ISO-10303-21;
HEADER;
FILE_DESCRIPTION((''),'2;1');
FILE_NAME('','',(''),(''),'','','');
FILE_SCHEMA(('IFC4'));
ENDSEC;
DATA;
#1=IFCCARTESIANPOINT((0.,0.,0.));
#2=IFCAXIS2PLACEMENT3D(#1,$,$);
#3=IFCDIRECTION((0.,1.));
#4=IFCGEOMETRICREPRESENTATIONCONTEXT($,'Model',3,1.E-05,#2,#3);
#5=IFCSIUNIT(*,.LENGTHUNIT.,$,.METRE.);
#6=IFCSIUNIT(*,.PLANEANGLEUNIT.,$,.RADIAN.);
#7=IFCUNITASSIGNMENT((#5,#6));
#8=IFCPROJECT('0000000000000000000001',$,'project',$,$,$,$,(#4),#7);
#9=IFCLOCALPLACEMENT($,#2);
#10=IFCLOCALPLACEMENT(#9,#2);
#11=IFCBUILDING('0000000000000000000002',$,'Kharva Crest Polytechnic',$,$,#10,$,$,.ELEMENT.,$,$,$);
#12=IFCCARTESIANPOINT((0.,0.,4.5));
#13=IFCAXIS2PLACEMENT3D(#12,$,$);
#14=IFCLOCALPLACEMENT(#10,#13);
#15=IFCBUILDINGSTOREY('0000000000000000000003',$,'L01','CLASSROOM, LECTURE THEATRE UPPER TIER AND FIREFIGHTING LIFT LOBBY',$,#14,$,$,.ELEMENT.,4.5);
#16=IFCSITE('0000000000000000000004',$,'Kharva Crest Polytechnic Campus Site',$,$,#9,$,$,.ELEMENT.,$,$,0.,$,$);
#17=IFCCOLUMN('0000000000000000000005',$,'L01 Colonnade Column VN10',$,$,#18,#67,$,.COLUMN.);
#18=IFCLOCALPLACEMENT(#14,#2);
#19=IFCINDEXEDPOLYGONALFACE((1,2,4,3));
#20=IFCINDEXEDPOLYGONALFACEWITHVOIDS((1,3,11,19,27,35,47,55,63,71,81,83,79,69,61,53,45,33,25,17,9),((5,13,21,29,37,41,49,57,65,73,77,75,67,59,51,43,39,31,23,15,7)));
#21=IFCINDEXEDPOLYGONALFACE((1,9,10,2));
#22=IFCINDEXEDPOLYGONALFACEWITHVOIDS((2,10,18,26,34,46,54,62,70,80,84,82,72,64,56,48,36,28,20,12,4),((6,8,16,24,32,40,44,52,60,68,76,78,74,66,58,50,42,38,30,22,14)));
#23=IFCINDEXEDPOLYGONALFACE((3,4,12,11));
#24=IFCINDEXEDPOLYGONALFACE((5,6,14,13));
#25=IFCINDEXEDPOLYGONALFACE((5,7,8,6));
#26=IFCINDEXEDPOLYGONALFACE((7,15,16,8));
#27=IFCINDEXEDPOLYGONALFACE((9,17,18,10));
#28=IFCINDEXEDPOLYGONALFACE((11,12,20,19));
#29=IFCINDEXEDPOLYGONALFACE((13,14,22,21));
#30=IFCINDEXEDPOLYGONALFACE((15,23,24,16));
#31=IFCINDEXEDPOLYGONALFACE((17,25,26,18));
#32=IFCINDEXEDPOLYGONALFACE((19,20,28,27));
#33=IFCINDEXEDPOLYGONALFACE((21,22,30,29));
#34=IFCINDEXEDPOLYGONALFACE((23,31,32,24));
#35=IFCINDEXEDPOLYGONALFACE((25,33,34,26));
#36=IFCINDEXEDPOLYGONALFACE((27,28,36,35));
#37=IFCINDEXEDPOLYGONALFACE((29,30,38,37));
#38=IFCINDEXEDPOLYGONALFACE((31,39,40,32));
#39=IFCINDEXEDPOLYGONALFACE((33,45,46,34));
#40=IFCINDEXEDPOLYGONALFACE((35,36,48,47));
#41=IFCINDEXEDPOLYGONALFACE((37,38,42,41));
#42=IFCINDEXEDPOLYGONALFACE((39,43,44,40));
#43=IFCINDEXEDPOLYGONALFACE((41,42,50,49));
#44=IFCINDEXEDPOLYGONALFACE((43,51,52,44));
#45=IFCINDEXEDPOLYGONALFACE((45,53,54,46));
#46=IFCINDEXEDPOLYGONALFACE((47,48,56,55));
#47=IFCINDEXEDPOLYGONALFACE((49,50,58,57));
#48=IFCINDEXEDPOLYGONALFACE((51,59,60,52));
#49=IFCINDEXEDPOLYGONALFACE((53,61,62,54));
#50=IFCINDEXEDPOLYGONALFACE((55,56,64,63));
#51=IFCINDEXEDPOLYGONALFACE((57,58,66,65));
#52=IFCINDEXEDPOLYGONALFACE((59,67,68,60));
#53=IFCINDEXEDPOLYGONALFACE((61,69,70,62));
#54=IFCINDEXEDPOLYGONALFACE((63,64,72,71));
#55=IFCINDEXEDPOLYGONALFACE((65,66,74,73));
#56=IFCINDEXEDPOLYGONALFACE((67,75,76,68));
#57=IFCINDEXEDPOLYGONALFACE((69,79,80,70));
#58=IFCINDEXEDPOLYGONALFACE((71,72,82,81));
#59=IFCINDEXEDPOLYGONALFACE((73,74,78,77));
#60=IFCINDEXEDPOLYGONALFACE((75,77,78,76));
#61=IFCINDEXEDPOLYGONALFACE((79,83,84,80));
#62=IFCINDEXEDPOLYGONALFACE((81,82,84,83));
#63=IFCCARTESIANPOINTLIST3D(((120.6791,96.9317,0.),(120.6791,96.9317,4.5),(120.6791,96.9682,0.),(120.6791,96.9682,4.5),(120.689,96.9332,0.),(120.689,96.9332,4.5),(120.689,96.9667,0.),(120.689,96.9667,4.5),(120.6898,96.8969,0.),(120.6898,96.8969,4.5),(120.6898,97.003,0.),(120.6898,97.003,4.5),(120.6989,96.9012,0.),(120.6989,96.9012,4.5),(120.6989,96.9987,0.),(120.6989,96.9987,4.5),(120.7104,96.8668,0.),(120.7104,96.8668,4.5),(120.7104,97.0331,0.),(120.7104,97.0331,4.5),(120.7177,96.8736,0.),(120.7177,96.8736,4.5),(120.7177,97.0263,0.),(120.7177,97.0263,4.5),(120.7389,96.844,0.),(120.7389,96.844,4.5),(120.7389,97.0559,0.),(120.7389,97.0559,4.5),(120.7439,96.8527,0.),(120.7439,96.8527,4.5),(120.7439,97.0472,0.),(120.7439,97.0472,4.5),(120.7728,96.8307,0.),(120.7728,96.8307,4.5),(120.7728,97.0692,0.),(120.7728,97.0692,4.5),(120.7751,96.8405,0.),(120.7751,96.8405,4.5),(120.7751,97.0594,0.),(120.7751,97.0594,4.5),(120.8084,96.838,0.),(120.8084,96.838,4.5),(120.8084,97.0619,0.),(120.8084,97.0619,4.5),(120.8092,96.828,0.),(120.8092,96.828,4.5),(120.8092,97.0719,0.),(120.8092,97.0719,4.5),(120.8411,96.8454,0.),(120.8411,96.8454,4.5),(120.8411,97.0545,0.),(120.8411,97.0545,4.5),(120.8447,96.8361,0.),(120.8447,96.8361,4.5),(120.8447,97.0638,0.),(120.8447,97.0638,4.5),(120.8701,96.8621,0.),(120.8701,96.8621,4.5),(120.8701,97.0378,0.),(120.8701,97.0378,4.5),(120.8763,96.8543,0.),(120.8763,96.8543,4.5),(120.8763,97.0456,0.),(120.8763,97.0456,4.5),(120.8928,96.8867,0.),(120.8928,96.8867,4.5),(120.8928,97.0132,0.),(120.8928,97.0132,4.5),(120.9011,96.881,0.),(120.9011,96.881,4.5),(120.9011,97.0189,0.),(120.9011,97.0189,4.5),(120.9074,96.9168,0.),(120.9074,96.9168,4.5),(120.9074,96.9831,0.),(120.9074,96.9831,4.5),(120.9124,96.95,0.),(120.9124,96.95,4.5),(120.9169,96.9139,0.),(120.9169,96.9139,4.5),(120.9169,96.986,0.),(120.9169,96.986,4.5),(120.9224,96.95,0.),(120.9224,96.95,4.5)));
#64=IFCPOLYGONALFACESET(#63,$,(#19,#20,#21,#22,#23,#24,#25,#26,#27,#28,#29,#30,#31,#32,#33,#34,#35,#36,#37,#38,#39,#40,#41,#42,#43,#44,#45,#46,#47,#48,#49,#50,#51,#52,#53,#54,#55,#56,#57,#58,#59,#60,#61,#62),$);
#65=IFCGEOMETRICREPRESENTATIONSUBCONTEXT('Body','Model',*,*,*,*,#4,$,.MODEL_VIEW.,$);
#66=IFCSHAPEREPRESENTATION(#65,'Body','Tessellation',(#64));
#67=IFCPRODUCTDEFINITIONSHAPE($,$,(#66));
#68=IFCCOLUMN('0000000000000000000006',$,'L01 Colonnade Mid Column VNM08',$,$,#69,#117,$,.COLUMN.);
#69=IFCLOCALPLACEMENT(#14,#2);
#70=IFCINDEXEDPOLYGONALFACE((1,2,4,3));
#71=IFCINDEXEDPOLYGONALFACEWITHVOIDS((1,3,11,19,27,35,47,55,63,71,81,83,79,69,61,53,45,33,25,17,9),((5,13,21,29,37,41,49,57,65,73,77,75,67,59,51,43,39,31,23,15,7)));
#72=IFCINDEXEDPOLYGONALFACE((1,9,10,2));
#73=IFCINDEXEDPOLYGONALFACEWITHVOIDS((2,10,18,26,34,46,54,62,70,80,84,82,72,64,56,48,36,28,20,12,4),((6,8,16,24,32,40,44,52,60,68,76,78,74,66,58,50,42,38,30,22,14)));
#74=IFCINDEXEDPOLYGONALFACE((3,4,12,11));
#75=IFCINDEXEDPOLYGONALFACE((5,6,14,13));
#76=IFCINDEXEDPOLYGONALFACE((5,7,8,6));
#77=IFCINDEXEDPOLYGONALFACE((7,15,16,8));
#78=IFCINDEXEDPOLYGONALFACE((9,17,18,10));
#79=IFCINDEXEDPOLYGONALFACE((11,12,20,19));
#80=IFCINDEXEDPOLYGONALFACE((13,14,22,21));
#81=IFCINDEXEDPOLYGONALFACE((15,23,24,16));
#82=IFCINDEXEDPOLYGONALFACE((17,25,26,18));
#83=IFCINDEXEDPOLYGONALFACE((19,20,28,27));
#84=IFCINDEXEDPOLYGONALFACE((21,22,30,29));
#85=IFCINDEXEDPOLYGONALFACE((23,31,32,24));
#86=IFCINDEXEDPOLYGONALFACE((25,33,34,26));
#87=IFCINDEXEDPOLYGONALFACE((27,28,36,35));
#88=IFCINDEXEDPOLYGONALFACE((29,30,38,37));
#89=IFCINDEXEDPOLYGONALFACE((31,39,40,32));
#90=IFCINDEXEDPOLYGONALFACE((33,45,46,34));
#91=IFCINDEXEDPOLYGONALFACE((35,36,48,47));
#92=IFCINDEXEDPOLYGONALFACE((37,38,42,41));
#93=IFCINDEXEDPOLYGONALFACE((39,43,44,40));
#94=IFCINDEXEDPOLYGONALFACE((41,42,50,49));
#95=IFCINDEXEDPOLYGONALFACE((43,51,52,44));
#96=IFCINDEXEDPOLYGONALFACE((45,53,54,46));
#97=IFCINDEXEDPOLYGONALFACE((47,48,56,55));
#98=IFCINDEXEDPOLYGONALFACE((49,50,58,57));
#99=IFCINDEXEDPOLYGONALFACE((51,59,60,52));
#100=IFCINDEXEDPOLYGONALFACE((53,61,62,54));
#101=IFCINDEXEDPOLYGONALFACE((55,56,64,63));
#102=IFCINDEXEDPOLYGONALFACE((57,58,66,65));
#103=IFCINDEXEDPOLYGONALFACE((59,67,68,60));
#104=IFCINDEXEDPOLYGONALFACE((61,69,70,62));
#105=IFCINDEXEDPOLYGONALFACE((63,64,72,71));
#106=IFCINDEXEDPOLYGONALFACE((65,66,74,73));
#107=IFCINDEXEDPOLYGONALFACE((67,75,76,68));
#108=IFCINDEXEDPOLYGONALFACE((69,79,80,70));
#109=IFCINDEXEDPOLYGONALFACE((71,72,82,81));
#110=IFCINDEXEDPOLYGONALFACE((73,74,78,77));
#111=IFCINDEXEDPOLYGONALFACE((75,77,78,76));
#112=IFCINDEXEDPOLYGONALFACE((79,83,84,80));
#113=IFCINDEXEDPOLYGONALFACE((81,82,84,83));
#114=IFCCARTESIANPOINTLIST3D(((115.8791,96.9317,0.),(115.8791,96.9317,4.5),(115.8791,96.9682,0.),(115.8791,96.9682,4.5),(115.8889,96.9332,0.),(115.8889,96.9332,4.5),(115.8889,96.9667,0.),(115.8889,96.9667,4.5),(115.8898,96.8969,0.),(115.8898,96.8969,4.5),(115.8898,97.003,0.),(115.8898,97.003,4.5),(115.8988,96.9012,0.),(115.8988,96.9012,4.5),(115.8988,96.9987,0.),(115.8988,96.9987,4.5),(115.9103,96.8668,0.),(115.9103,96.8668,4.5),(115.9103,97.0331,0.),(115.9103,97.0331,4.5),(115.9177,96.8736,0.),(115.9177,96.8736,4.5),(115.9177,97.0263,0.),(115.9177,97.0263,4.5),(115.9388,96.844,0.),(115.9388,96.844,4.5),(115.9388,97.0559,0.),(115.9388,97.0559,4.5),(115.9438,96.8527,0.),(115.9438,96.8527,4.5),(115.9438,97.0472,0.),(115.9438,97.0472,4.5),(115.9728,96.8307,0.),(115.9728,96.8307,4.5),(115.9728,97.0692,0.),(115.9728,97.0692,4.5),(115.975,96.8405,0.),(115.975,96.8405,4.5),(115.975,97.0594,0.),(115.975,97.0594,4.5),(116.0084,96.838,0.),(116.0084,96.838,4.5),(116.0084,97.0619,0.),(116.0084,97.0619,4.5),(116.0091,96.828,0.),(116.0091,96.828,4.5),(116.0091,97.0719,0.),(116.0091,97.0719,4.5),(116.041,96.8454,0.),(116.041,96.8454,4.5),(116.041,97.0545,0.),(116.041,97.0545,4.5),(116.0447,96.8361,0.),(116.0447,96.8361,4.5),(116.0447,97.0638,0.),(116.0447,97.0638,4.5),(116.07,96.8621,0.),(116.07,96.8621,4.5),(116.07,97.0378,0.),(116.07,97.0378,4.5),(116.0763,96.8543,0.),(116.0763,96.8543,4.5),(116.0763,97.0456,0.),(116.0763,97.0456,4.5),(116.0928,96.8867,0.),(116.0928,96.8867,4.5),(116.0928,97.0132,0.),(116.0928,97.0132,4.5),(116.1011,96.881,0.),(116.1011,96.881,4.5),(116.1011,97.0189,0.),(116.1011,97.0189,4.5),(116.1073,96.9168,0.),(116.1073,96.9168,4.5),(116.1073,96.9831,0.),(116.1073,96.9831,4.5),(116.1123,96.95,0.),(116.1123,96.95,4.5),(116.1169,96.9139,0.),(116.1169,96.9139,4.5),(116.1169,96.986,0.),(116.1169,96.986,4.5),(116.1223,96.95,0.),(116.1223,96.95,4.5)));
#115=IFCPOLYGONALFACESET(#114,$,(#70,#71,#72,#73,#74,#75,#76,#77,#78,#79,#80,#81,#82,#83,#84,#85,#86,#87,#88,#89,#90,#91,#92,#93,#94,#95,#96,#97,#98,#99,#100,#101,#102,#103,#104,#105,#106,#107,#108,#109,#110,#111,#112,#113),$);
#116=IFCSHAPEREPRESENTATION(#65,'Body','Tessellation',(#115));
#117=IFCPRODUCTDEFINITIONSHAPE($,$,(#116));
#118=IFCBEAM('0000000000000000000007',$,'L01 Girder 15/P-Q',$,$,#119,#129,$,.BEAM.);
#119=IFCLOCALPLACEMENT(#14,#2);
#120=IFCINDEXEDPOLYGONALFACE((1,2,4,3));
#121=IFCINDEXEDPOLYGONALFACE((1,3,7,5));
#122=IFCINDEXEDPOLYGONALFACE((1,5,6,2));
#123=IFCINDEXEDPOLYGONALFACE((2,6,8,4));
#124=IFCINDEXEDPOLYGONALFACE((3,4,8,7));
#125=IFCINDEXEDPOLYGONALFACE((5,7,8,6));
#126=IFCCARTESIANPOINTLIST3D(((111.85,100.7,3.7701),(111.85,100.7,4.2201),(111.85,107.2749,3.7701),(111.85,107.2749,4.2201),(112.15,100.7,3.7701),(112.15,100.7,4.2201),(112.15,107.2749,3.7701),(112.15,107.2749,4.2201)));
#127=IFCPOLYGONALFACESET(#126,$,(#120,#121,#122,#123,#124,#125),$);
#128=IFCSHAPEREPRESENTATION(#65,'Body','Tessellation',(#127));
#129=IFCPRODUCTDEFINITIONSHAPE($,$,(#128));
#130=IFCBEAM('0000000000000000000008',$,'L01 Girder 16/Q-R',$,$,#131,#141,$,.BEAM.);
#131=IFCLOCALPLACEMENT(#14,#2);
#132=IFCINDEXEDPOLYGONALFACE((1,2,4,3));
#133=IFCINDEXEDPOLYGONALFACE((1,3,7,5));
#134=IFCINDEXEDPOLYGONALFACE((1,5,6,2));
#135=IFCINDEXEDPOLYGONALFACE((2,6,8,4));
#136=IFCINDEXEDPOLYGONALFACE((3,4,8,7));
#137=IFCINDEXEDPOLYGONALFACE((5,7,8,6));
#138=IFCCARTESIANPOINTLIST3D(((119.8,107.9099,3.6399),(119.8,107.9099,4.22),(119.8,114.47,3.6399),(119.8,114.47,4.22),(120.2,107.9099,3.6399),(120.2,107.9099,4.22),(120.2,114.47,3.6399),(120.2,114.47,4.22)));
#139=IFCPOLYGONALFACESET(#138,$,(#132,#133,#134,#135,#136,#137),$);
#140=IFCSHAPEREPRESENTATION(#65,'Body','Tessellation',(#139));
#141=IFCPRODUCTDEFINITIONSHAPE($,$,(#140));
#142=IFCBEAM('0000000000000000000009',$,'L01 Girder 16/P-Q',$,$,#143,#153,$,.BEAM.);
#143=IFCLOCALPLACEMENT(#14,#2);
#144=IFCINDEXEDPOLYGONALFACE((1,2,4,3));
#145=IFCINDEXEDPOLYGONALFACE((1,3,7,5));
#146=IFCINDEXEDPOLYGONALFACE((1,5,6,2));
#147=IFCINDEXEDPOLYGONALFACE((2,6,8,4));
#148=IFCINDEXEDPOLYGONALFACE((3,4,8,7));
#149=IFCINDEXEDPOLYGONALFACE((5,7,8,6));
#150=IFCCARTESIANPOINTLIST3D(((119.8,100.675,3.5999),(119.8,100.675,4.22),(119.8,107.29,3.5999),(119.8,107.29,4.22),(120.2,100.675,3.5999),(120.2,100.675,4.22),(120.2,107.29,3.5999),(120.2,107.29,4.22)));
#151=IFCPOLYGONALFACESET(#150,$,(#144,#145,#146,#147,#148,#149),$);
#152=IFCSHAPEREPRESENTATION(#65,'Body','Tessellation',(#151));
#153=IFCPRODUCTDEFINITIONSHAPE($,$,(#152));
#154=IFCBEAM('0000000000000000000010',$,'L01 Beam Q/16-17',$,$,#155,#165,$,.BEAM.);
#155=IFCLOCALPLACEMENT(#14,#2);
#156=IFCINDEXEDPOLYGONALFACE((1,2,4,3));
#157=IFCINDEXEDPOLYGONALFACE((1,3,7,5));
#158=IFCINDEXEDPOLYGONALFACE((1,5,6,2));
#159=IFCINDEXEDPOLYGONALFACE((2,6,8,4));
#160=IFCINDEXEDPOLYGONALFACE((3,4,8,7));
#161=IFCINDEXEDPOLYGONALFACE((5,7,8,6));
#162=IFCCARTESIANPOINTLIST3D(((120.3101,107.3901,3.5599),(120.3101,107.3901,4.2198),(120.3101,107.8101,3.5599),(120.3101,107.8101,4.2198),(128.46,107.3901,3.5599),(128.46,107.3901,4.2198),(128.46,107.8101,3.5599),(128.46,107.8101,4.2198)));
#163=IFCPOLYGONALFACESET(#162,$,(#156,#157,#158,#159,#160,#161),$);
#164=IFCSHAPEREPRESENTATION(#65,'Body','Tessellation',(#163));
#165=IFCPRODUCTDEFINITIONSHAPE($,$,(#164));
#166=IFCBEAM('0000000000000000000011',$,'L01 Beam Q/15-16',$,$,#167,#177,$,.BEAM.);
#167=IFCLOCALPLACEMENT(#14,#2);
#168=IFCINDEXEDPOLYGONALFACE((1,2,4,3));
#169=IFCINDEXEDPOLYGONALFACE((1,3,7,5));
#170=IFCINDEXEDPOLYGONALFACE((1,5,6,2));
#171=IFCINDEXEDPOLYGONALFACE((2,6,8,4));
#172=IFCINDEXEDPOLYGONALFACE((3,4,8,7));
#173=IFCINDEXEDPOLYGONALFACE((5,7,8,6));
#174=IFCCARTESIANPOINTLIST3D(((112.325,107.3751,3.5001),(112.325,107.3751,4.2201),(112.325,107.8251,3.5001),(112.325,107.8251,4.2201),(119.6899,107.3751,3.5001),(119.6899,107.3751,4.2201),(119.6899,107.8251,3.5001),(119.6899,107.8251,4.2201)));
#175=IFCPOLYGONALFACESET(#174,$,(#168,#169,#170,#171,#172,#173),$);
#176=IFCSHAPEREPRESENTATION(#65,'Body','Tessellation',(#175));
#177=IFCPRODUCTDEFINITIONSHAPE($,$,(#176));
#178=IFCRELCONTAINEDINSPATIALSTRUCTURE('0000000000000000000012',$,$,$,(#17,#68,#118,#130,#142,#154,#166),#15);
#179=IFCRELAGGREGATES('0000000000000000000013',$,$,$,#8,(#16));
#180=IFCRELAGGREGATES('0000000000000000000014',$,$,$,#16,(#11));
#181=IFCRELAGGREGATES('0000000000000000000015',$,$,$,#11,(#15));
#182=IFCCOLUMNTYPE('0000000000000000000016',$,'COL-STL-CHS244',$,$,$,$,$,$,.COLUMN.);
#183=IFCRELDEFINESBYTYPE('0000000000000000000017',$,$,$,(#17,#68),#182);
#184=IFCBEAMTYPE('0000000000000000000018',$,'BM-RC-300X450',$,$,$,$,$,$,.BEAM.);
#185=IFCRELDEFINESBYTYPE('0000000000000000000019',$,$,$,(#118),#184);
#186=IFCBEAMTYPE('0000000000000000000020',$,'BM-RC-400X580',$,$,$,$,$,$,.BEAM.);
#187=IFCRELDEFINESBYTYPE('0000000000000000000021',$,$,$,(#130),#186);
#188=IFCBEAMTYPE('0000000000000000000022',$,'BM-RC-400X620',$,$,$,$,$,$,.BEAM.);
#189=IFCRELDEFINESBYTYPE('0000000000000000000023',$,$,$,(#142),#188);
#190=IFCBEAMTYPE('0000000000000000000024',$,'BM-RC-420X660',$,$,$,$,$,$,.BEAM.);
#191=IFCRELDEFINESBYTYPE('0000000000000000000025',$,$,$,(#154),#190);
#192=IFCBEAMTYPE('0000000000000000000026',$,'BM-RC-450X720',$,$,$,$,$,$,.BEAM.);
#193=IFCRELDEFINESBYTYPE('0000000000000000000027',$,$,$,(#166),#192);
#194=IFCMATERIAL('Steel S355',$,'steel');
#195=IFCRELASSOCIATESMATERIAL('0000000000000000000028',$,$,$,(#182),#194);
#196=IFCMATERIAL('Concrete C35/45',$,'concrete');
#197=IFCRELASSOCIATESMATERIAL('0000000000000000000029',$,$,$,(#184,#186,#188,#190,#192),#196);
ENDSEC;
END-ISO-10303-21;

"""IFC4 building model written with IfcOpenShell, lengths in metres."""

from ifc_helpers import new_model, si_unit, direction, frame, origin, origin_2d, place, context, subcontext, project, spatial, rectangle, hollow_circle, extrude, material, material_profile, profile_set, type_object, element, save


model = new_model("IFC4")

# Units and contexts
model_context = context("Model", 3, precision=1e-05, world=origin(), true_north=direction((0.0, 1.0)))
body_context = subcontext(model_context, "Body", "Model", "MODEL_VIEW")
ifc_project = project(units=[si_unit("LENGTHUNIT", "METRE"), si_unit("PLANEANGLEUNIT", "RADIAN")], contexts=[model_context])

# Site, building, storey
site_placement = place(None, origin())
site = spatial("IfcSite", under=ifc_project, at=site_placement, Name="Kharva Crest Polytechnic Campus Site", CompositionType="ELEMENT", RefElevation=0.0)
building_placement = place(site_placement, origin())
building = spatial("IfcBuilding", under=site, at=building_placement, Name="Kharva Crest Polytechnic", CompositionType="ELEMENT")
storey_placement = place(building_placement, frame((0.0, 0.0, 4.5)))
storey = spatial("IfcBuildingStorey", under=building, at=storey_placement, Name="L01", Description="CLASSROOM, LECTURE THEATRE UPPER TIER AND FIREFIGHTING LIFT LOBBY", CompositionType="ELEMENT", Elevation=4.5)

# Columns
ifc_material_1 = material(Name="Steel S355", Category="steel")
ifc_material_profile_1 = material_profile(ifc_material_1, hollow_circle(Radius=0.1223, WallThickness=0.01, at=origin_2d()), Name="CHS 244.5X10.0")
ifc_profile_set_1 = profile_set([ifc_material_profile_1], Name="Steel S355")
column_type_1 = type_object("IfcColumnType", Name="COL-STL-CHS244", PredefinedType="COLUMN", material=ifc_profile_set_1)
for number, where, z_axis, x_axis, name in (
    (1, (120.8, 96.95, 0.0), (0.0, 0.0, 1.0), (1.0, 0.0, 0.0), "L01 Colonnade Column VN10"),
    (2, (116.0, 96.95, 0.0), (0.0, 0.0, 1.0), (1.0, 0.0, 0.0), "L01 Colonnade Mid Column VNM08"),
):
    element("IfcColumn", number, at=place(storey_placement, frame(where, z_axis=z_axis, x_axis=x_axis)), inside=storey, type_object=column_type_1, Name=name, PredefinedType="COLUMN", context=body_context, shape_type="SweptSolid", body=[
        extrude(hollow_circle(Radius=0.1223, WallThickness=0.01, at=origin_2d()), origin(), (0.0, 0.0, 1.0), 4.5),
    ])

# Beams
ifc_material_2 = material(Name="Concrete C35/45", Category="concrete")
ifc_material_profile_2 = material_profile(ifc_material_2, rectangle(XDim=0.3, YDim=0.45, at=origin_2d()), Name="RECT 300 X 450")
ifc_profile_set_2 = profile_set([ifc_material_profile_2], Name="Concrete C35/45")
beam_type_1 = type_object("IfcBeamType", Name="BM-RC-300X450", PredefinedType="BEAM", material=ifc_profile_set_2)
beam_1_placement = place(storey_placement, frame((112.0, 100.7, 3.9951), z_axis=(0.0, 1.0, 0.0), x_axis=(-1.0, 0.0, 0.0)))
element("IfcBeam", 3, at=beam_1_placement, inside=storey, type_object=beam_type_1, Name="L01 Girder 15/P-Q", PredefinedType="BEAM", context=body_context, shape_type="SweptSolid", body=[
    extrude(rectangle(XDim=0.3, YDim=0.45, at=origin_2d()), origin(), (0.0, 0.0, 1.0), 6.575),
])
ifc_material_profile_3 = material_profile(ifc_material_2, rectangle(XDim=0.3999, YDim=0.5801, at=origin_2d()), Name="RECT 400 X 580")
ifc_profile_set_3 = profile_set([ifc_material_profile_3], Name="Concrete C35/45")
beam_type_2 = type_object("IfcBeamType", Name="BM-RC-400X580", PredefinedType="BEAM", material=ifc_profile_set_3)
beam_2_placement = place(storey_placement, frame((120.0, 107.9099, 3.9299), z_axis=(0.0, 1.0, 0.0), x_axis=(-1.0, 0.0, 0.0)))
element("IfcBeam", 4, at=beam_2_placement, inside=storey, type_object=beam_type_2, Name="L01 Girder 16/Q-R", PredefinedType="BEAM", context=body_context, shape_type="SweptSolid", body=[
    extrude(rectangle(XDim=0.3999, YDim=0.5801, at=origin_2d()), origin(), (0.0, 0.0, 1.0), 6.5601),
])
ifc_material_profile_4 = material_profile(ifc_material_2, rectangle(XDim=0.3999, YDim=0.6201, at=origin_2d()), Name="RECT 400 X 620")
ifc_profile_set_4 = profile_set([ifc_material_profile_4], Name="Concrete C35/45")
beam_type_3 = type_object("IfcBeamType", Name="BM-RC-400X620", PredefinedType="BEAM", material=ifc_profile_set_4)
beam_3_placement = place(storey_placement, frame((120.0, 100.675, 3.9099), z_axis=(0.0, 1.0, 0.0), x_axis=(-1.0, 0.0, 0.0)))
element("IfcBeam", 5, at=beam_3_placement, inside=storey, type_object=beam_type_3, Name="L01 Girder 16/P-Q", PredefinedType="BEAM", context=body_context, shape_type="SweptSolid", body=[
    extrude(rectangle(XDim=0.3999, YDim=0.6201, at=origin_2d()), origin(), (0.0, 0.0, 1.0), 6.615),
])
ifc_material_profile_5 = material_profile(ifc_material_2, rectangle(XDim=0.4199, YDim=0.6599, at=origin_2d()), Name="RECT 420 X 660")
ifc_profile_set_5 = profile_set([ifc_material_profile_5], Name="Concrete C35/45")
beam_type_4 = type_object("IfcBeamType", Name="BM-RC-420X660", PredefinedType="BEAM", material=ifc_profile_set_5)
beam_4_placement = place(storey_placement, frame((120.3101, 107.6001, 3.8899), z_axis=(1.0, 0.0, 0.0), x_axis=(0.0, 1.0, 0.0)))
element("IfcBeam", 6, at=beam_4_placement, inside=storey, type_object=beam_type_4, Name="L01 Beam Q/16-17", PredefinedType="BEAM", context=body_context, shape_type="SweptSolid", body=[
    extrude(rectangle(XDim=0.4199, YDim=0.6599, at=origin_2d()), origin(), (0.0, 0.0, 1.0), 8.1499),
])
ifc_material_profile_6 = material_profile(ifc_material_2, rectangle(XDim=0.45, YDim=0.72, at=origin_2d()), Name="RECT 450 X 720")
ifc_profile_set_6 = profile_set([ifc_material_profile_6], Name="Concrete C35/45")
beam_type_5 = type_object("IfcBeamType", Name="BM-RC-450X720", PredefinedType="BEAM", material=ifc_profile_set_6)
beam_5_placement = place(storey_placement, frame((112.325, 107.6001, 3.8601), z_axis=(1.0, 0.0, 0.0), x_axis=(0.0, 1.0, 0.0)))
element("IfcBeam", 7, at=beam_5_placement, inside=storey, type_object=beam_type_5, Name="L01 Beam Q/15-16", PredefinedType="BEAM", context=body_context, shape_type="SweptSolid", body=[
    extrude(rectangle(XDim=0.45, YDim=0.72, at=origin_2d()), origin(), (0.0, 0.0, 1.0), 7.365),
])

save(model, "model.ifc")
